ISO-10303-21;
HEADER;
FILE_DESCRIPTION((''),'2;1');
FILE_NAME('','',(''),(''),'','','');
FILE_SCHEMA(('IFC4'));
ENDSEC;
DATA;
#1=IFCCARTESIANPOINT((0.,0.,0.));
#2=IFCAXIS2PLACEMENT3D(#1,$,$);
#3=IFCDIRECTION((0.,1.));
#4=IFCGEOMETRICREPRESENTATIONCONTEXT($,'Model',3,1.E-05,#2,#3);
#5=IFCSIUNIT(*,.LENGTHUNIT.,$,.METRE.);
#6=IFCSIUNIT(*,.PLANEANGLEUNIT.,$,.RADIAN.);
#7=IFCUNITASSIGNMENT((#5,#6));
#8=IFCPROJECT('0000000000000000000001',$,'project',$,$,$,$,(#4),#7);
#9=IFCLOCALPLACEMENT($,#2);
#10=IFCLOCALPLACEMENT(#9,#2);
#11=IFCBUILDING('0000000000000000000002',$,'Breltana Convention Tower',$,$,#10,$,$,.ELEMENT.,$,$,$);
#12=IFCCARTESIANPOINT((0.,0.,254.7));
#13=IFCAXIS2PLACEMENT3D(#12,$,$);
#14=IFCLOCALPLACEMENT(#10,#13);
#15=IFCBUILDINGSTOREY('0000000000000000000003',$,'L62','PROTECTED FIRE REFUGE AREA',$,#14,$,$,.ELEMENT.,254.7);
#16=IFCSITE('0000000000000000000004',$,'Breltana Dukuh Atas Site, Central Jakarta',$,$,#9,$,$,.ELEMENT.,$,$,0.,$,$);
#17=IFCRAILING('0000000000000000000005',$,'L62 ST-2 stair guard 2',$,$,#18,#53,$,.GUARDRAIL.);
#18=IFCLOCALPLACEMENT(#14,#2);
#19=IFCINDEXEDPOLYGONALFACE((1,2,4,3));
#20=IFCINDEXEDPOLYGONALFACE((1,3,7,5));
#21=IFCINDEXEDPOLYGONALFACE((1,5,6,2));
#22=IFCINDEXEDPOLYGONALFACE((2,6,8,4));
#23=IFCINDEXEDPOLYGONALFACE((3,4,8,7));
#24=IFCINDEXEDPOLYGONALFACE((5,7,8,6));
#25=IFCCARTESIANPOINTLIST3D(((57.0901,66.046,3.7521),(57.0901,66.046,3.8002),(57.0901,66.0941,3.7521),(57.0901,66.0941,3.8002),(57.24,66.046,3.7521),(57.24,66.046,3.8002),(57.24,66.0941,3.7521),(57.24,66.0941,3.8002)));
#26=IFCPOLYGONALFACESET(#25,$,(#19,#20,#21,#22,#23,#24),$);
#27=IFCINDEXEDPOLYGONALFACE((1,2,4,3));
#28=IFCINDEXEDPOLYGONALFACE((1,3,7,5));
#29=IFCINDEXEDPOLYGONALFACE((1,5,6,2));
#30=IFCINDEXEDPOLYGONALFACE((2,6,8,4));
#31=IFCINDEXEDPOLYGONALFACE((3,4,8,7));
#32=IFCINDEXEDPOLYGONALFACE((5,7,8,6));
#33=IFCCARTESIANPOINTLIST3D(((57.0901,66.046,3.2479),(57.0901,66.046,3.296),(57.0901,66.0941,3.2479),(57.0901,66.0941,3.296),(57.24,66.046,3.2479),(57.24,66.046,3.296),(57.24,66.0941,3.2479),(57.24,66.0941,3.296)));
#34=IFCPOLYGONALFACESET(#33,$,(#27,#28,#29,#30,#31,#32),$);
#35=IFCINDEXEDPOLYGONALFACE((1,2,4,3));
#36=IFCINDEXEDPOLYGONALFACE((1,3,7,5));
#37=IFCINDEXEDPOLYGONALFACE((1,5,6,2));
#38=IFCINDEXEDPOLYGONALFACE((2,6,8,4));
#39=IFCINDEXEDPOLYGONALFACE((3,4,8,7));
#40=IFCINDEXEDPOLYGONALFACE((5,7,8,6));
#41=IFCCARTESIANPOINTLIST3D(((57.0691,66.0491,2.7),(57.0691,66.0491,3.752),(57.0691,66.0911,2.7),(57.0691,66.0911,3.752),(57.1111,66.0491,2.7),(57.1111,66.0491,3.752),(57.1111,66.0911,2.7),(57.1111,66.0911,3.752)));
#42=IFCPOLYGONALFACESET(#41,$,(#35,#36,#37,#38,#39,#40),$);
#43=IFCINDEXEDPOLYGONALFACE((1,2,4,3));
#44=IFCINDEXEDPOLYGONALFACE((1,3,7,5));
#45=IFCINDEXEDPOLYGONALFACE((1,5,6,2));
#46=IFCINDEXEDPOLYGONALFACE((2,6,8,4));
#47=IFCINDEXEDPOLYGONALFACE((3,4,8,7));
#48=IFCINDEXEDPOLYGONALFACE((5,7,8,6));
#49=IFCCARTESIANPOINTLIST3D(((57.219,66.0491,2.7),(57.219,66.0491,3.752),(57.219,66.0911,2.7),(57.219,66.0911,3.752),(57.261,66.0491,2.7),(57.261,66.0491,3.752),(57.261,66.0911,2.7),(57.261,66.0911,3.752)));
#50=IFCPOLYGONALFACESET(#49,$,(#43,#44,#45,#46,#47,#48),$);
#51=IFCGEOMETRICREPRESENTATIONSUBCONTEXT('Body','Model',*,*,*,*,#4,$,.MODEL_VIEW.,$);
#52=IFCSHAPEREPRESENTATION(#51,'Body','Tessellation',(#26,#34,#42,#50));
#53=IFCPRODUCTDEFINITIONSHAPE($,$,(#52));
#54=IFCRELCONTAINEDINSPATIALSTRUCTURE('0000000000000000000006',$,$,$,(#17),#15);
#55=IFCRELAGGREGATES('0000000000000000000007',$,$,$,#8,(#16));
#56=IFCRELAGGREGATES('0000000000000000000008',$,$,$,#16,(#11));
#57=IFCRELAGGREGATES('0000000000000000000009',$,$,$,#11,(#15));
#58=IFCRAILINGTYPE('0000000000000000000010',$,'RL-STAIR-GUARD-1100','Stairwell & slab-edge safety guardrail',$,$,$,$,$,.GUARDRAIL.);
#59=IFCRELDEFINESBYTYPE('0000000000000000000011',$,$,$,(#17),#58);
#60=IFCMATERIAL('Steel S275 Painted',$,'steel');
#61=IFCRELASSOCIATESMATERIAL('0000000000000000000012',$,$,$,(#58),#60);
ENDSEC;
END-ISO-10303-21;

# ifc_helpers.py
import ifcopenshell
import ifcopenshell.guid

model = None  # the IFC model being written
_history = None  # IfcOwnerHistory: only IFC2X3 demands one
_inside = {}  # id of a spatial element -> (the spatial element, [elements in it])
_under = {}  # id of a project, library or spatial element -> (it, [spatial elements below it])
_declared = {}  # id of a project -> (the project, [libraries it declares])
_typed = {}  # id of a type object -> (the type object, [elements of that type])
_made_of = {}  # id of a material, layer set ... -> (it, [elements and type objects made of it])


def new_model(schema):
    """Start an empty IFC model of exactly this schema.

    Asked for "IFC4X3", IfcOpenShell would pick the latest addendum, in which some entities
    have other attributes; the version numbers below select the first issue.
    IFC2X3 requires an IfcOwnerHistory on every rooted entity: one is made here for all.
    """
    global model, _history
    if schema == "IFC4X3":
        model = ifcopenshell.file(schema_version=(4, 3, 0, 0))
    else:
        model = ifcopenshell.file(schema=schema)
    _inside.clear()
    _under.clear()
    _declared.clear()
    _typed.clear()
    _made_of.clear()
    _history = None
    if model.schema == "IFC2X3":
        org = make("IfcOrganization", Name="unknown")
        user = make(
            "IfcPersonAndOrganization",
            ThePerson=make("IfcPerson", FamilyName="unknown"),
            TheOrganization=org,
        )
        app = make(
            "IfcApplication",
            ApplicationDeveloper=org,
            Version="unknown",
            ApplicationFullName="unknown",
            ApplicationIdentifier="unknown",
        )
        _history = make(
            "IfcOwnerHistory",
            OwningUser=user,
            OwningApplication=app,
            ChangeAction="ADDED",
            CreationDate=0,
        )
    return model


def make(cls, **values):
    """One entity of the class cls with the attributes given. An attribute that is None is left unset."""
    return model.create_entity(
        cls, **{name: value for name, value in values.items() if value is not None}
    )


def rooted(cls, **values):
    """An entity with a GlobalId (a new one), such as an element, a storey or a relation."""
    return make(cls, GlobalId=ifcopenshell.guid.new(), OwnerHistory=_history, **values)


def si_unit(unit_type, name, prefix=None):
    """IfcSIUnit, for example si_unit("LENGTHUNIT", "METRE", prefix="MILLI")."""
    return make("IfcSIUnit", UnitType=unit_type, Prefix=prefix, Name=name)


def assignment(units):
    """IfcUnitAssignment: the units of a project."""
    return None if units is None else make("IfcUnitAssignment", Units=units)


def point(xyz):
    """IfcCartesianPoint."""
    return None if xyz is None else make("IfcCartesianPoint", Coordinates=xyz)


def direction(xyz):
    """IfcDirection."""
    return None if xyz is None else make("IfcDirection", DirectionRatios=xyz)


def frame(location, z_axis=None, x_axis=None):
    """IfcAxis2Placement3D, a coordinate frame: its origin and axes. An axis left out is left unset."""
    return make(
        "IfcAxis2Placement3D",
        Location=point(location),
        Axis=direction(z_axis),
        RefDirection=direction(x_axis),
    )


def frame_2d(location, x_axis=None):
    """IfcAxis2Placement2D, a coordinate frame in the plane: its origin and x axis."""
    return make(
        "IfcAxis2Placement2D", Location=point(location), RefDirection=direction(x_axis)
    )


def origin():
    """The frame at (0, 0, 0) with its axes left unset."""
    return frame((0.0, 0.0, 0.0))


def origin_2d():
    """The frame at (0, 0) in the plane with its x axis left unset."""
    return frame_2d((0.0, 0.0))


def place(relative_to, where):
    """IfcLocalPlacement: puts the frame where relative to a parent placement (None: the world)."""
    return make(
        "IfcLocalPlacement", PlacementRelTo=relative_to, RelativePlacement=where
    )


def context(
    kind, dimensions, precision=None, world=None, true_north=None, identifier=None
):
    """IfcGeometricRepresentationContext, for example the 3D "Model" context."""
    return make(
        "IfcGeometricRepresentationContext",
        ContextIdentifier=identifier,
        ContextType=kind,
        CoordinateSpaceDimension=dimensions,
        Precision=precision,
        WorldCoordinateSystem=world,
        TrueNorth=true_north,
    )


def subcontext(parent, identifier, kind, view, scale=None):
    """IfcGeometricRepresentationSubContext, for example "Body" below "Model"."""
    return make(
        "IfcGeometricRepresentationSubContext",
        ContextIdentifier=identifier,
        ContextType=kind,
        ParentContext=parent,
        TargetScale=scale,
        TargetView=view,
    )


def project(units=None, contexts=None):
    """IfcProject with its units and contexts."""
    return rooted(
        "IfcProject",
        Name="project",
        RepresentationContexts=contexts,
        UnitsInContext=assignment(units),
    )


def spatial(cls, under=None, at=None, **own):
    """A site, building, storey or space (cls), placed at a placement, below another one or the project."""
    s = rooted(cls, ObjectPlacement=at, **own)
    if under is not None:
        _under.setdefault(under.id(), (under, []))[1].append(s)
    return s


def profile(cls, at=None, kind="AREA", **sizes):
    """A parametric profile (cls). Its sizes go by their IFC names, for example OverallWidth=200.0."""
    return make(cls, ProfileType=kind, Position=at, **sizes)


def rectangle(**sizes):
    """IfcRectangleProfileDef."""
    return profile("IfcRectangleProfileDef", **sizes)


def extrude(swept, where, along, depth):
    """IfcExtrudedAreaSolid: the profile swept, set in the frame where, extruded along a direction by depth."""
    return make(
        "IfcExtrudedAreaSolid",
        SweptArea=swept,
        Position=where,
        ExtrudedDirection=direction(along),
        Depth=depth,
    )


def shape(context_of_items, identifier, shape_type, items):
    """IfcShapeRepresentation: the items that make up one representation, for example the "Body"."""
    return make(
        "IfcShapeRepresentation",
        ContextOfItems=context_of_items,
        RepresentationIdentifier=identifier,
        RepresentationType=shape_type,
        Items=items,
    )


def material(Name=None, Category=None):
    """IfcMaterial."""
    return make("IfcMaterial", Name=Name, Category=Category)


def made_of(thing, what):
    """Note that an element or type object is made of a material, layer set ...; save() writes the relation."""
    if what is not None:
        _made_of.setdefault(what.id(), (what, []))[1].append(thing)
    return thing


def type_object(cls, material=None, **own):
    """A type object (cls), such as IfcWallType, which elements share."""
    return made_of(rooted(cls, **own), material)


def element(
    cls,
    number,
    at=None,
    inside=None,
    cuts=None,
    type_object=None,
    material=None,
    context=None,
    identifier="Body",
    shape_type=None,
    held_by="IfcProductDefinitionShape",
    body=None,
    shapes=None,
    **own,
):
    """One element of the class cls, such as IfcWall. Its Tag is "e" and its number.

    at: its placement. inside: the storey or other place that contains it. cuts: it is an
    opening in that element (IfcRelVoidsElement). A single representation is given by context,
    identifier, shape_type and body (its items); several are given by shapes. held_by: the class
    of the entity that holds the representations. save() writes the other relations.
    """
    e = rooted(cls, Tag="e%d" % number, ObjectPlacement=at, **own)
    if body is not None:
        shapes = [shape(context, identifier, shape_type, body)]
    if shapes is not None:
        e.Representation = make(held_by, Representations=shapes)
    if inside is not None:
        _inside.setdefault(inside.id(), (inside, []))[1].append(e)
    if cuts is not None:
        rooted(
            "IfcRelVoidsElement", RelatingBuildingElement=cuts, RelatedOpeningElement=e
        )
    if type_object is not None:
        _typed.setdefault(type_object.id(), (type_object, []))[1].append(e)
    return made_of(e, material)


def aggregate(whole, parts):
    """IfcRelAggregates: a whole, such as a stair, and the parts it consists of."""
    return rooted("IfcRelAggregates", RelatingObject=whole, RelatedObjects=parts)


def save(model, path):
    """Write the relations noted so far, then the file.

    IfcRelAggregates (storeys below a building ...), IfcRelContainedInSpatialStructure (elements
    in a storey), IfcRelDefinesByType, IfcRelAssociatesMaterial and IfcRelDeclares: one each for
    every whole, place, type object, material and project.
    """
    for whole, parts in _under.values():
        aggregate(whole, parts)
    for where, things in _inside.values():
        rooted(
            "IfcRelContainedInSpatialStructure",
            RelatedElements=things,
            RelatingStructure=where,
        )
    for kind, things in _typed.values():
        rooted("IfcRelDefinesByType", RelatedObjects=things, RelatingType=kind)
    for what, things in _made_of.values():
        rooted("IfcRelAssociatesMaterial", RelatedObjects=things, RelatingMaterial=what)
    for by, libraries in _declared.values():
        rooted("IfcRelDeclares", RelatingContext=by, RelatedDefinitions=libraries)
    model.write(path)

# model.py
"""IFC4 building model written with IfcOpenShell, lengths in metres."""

from ifc_helpers import new_model, si_unit, direction, frame, origin, origin_2d, place, context, subcontext, project, spatial, rectangle, extrude, material, type_object, element, save


model = new_model("IFC4")

# Units and contexts
model_context = context("Model", 3, precision=1e-05, world=origin(), true_north=direction((0.0, 1.0)))
body_context = subcontext(model_context, "Body", "Model", "MODEL_VIEW")
ifc_project = project(units=[si_unit("LENGTHUNIT", "METRE"), si_unit("PLANEANGLEUNIT", "RADIAN")], contexts=[model_context])

# Site, building, storey
site_placement = place(None, origin())
site = spatial("IfcSite", under=ifc_project, at=site_placement, Name="Breltana Dukuh Atas Site, Central Jakarta", CompositionType="ELEMENT", RefElevation=0.0)
building_placement = place(site_placement, origin())
building = spatial("IfcBuilding", under=site, at=building_placement, Name="Breltana Convention Tower", CompositionType="ELEMENT")
storey_placement = place(building_placement, frame((0.0, 0.0, 254.7)))
storey = spatial("IfcBuildingStorey", under=building, at=storey_placement, Name="L62", Description="PROTECTED FIRE REFUGE AREA", CompositionType="ELEMENT", Elevation=254.7)

# Railing
ifc_material_1 = material(Name="Steel S275 Painted", Category="steel")
railing_type = type_object("IfcRailingType", Name="RL-STAIR-GUARD-1100", Description="Stairwell & slab-edge safety guardrail", PredefinedType="GUARDRAIL", material=ifc_material_1)
railing_placement = place(storey_placement, frame((57.0901, 66.0701, 2.7)))
element("IfcRailing", 1, at=railing_placement, inside=storey, type_object=railing_type, Name="L62 ST-2 stair guard 2", PredefinedType="GUARDRAIL", context=body_context, shape_type="SweptSolid", body=[
    extrude(rectangle(XDim=0.0481, YDim=0.0481, at=origin_2d()), frame((0.0, 0.0, 1.0762), z_axis=(1.0, 0.0, 0.0), x_axis=(0.0, 1.0, 0.0)), (0.0, 0.0, 1.0), 0.1499),
    extrude(rectangle(XDim=0.0481, YDim=0.0481, at=origin_2d()), frame((0.0, 0.0, 0.572), z_axis=(1.0, 0.0, 0.0), x_axis=(0.0, 1.0, 0.0)), (0.0, 0.0, 1.0), 0.1499),
    extrude(rectangle(XDim=0.042, YDim=0.042, at=origin_2d()), origin(), (0.0, 0.0, 1.0), 1.052),
    extrude(rectangle(XDim=0.042, YDim=0.042, at=origin_2d()), frame((0.1499, 0.0, 0.0)), (0.0, 0.0, 1.0), 1.052),
])

save(model, "model.ifc")
